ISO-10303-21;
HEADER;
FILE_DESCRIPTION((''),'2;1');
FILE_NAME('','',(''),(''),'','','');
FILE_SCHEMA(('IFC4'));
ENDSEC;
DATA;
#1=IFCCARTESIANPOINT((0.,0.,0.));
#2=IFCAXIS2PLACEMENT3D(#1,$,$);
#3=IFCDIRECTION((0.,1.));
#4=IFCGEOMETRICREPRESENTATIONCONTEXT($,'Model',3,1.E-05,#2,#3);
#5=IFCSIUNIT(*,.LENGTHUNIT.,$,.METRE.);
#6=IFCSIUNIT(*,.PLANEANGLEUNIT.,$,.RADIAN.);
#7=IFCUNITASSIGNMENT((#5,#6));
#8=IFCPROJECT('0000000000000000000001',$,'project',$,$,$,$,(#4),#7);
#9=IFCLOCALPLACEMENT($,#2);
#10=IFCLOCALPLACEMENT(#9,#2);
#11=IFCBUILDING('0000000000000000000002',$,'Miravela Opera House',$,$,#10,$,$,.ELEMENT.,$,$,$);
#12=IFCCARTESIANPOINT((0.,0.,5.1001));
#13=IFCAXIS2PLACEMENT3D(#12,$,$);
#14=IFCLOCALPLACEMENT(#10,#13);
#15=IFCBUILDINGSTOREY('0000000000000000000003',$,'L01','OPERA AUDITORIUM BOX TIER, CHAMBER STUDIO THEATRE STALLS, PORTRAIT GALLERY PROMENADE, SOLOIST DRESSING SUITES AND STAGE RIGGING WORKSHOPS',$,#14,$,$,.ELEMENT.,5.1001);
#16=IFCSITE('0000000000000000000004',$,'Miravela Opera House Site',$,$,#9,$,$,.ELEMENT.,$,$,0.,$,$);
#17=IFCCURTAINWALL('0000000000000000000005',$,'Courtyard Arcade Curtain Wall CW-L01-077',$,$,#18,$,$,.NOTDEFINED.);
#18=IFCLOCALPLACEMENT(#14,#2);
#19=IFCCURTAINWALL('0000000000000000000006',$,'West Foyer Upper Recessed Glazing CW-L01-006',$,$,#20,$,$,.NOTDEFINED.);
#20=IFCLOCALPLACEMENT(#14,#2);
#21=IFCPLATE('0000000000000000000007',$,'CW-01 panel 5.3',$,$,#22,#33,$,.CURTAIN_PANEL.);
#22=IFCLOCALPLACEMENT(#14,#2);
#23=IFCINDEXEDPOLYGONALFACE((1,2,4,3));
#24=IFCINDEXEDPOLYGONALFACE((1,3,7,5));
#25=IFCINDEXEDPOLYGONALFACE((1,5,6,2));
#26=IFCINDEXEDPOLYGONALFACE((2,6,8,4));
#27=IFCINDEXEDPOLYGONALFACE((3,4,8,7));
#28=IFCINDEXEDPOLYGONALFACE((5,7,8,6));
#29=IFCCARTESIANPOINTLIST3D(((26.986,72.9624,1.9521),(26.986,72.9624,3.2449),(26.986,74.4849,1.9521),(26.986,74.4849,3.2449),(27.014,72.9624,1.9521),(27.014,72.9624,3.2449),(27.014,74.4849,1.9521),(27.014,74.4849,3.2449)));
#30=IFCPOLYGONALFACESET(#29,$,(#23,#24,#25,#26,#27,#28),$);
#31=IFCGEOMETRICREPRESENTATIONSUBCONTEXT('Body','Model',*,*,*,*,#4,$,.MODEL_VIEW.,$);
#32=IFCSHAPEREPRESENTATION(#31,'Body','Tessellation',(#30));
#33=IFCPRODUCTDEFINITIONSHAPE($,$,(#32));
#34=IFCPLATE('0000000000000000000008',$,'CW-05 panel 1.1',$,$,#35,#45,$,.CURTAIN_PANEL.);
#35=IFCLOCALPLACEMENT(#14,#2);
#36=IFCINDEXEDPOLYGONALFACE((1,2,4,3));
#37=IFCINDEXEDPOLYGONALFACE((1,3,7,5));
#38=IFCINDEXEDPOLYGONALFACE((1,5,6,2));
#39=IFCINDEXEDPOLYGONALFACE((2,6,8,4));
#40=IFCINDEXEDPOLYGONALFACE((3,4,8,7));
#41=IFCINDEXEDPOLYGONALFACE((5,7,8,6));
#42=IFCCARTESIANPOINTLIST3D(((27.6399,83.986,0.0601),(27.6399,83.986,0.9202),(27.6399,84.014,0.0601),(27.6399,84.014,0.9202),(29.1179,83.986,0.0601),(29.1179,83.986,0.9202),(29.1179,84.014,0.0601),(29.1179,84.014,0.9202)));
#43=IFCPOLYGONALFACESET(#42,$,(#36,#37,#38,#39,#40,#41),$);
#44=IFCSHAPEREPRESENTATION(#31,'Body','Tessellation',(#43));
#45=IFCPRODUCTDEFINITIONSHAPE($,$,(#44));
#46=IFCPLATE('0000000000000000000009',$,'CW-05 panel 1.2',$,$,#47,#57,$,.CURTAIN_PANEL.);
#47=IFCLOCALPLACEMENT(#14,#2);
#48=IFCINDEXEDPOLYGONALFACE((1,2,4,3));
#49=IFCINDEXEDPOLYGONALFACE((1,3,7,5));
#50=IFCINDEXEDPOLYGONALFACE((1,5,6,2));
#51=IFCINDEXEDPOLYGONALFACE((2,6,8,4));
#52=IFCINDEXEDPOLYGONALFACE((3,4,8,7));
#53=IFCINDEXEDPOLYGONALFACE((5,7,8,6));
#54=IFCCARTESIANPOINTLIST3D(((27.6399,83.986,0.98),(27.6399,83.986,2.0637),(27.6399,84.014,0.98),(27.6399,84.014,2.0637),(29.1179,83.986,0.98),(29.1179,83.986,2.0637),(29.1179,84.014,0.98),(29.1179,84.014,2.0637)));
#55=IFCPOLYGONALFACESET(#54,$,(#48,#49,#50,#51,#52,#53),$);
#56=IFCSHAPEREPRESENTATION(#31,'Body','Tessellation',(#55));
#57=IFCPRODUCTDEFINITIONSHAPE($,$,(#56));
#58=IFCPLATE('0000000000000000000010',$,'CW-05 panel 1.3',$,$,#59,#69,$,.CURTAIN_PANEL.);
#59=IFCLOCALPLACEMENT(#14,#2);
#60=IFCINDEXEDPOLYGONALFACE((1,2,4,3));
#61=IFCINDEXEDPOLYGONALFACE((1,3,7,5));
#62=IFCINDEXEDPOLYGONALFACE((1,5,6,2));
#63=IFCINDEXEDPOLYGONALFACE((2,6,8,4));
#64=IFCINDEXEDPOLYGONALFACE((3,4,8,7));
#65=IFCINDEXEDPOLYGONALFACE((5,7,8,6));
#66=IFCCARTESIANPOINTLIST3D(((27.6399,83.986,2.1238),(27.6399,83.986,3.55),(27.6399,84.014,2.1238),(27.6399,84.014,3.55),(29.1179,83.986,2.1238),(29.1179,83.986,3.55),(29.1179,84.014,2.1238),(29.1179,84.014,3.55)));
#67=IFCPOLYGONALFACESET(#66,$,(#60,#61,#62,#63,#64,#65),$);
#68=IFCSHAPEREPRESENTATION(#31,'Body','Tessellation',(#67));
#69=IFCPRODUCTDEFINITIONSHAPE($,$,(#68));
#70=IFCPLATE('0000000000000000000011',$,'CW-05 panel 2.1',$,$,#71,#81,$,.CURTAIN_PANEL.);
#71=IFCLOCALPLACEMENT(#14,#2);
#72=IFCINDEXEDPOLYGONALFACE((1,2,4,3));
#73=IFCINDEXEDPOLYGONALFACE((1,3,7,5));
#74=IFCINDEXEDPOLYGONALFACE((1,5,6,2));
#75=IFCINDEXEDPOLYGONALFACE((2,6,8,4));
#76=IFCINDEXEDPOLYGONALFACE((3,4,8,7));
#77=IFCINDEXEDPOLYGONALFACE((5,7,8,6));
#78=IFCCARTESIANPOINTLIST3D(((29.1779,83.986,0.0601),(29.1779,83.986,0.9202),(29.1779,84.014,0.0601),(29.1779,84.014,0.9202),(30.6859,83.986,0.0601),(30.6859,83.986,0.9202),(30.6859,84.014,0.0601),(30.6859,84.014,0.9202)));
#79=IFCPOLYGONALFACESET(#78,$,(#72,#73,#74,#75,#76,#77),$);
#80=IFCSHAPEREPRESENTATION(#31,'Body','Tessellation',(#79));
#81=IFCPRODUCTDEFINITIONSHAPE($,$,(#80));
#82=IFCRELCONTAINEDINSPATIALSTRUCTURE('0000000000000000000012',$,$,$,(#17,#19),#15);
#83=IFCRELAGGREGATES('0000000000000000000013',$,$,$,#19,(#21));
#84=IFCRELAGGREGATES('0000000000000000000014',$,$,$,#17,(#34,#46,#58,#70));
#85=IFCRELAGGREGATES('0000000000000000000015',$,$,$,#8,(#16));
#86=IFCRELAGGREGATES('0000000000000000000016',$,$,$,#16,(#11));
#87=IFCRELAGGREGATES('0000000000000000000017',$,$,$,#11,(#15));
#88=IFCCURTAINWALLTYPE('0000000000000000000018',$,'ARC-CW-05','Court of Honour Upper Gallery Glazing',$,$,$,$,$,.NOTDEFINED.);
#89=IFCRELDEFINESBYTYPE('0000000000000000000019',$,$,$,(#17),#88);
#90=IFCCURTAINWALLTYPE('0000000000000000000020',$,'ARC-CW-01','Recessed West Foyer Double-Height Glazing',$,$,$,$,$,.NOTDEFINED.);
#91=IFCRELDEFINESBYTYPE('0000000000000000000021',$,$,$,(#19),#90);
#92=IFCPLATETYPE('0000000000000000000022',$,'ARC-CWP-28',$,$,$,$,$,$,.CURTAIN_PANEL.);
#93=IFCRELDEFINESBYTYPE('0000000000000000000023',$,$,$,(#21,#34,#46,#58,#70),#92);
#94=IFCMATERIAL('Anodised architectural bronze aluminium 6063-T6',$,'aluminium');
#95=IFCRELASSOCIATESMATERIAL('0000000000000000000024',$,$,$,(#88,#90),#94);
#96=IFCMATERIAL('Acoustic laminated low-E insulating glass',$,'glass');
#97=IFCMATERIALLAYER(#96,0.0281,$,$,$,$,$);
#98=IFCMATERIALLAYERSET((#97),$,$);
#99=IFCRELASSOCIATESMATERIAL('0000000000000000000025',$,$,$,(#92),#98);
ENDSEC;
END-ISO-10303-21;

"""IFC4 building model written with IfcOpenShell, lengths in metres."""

from ifc_helpers import new_model, si_unit, direction, frame, origin, origin_2d, place, context, subcontext, project, spatial, rectangle, extrude, material, layer, layer_set, type_object, element, aggregate, save


model = new_model("IFC4")

# Units and contexts
model_context = context("Model", 3, precision=1e-05, world=origin(), true_north=direction((0.0, 1.0)))
body_context = subcontext(model_context, "Body", "Model", "MODEL_VIEW")
ifc_project = project(units=[si_unit("LENGTHUNIT", "METRE"), si_unit("PLANEANGLEUNIT", "RADIAN")], contexts=[model_context])

# Site, building, storey
site_placement = place(None, origin())
site = spatial("IfcSite", under=ifc_project, at=site_placement, Name="Miravela Opera House Site", CompositionType="ELEMENT", RefElevation=0.0)
building_placement = place(site_placement, origin())
building = spatial("IfcBuilding", under=site, at=building_placement, Name="Miravela Opera House", CompositionType="ELEMENT")
storey_placement = place(building_placement, frame((0.0, 0.0, 5.1001)))
storey = spatial("IfcBuildingStorey", under=building, at=storey_placement, Name="L01", Description="OPERA AUDITORIUM BOX TIER, CHAMBER STUDIO THEATRE STALLS, PORTRAIT GALLERY PROMENADE, SOLOIST DRESSING SUITES AND STAGE RIGGING WORKSHOPS", CompositionType="ELEMENT", Elevation=5.1001)

# Curtain wall
ifc_material_1 = material(Name="Anodised architectural bronze aluminium 6063-T6", Category="aluminium")
curtain_wall_type_1 = type_object("IfcCurtainWallType", Name="ARC-CW-05", Description="Court of Honour Upper Gallery Glazing", PredefinedType="NOTDEFINED", material=ifc_material_1)
curtain_wall_1_placement = place(storey_placement, origin())
curtain_wall_1 = element("IfcCurtainWall", 1, at=curtain_wall_1_placement, inside=storey, type_object=curtain_wall_type_1, Name="Courtyard Arcade Curtain Wall CW-L01-077", PredefinedType="NOTDEFINED")

# Curtain wall
curtain_wall_type_2 = type_object("IfcCurtainWallType", Name="ARC-CW-01", Description="Recessed West Foyer Double-Height Glazing", PredefinedType="NOTDEFINED", material=ifc_material_1)
curtain_wall_2_placement = place(storey_placement, origin())
curtain_wall_2 = element("IfcCurtainWall", 2, at=curtain_wall_2_placement, inside=storey, type_object=curtain_wall_type_2, Name="West Foyer Upper Recessed Glazing CW-L01-006", PredefinedType="NOTDEFINED")

# Plates
ifc_material_2 = material(Name="Acoustic laminated low-E insulating glass", Category="glass")
ifc_layer = layer(ifc_material_2, 0.0281)
ifc_layer_set = layer_set([ifc_layer])
plate_type = type_object("IfcPlateType", Name="ARC-CWP-28", PredefinedType="CURTAIN_PANEL", material=ifc_layer_set)
plate_1_placement = place(storey_placement, frame((27.0, 73.7236, 1.9521), z_axis=(0.0, 0.0, 1.0), x_axis=(0.0, 1.0, 0.0)))
plate_1 = element("IfcPlate", 3, at=plate_1_placement, type_object=plate_type, Name="CW-01 panel 5.3", PredefinedType="CURTAIN_PANEL", context=body_context, shape_type="SweptSolid", body=[
    extrude(rectangle(XDim=1.5225, YDim=0.0281, at=origin_2d()), origin(), (0.0, 0.0, 1.0), 1.2927),
])
aggregate(curtain_wall_2, [plate_1])
plate_2_placement = place(storey_placement, frame((28.3789, 84.0, 0.0601), z_axis=(0.0, 0.0, 1.0), x_axis=(1.0, 0.0, 0.0)))
plate_2 = element("IfcPlate", 4, at=plate_2_placement, type_object=plate_type, Name="CW-05 panel 1.1", PredefinedType="CURTAIN_PANEL", context=body_context, shape_type="SweptSolid", body=[
    extrude(rectangle(XDim=1.478, YDim=0.0281, at=origin_2d()), origin(), (0.0, 0.0, 1.0), 0.8601),
])
plate_3_placement = place(storey_placement, frame((28.3789, 84.0, 0.98), z_axis=(0.0, 0.0, 1.0), x_axis=(1.0, 0.0, 0.0)))
plate_3 = element("IfcPlate", 5, at=plate_3_placement, type_object=plate_type, Name="CW-05 panel 1.2", PredefinedType="CURTAIN_PANEL", context=body_context, shape_type="SweptSolid", body=[
    extrude(rectangle(XDim=1.478, YDim=0.0281, at=origin_2d()), origin(), (0.0, 0.0, 1.0), 1.0837),
])
plate_4_placement = place(storey_placement, frame((28.3789, 84.0, 2.1238), z_axis=(0.0, 0.0, 1.0), x_axis=(1.0, 0.0, 0.0)))
plate_4 = element("IfcPlate", 6, at=plate_4_placement, type_object=plate_type, Name="CW-05 panel 1.3", PredefinedType="CURTAIN_PANEL", context=body_context, shape_type="SweptSolid", body=[
    extrude(rectangle(XDim=1.478, YDim=0.0281, at=origin_2d()), origin(), (0.0, 0.0, 1.0), 1.4263),
])
plate_5_placement = place(storey_placement, frame((29.9319, 84.0, 0.0601), z_axis=(0.0, 0.0, 1.0), x_axis=(1.0, 0.0, 0.0)))
plate_5 = element("IfcPlate", 7, at=plate_5_placement, type_object=plate_type, Name="CW-05 panel 2.1", PredefinedType="CURTAIN_PANEL", context=body_context, shape_type="SweptSolid", body=[
    extrude(rectangle(XDim=1.5081, YDim=0.0281, at=origin_2d()), origin(), (0.0, 0.0, 1.0), 0.8601),
])
aggregate(curtain_wall_1, [plate_2, plate_3, plate_4, plate_5])

save(model, "model.ifc")
